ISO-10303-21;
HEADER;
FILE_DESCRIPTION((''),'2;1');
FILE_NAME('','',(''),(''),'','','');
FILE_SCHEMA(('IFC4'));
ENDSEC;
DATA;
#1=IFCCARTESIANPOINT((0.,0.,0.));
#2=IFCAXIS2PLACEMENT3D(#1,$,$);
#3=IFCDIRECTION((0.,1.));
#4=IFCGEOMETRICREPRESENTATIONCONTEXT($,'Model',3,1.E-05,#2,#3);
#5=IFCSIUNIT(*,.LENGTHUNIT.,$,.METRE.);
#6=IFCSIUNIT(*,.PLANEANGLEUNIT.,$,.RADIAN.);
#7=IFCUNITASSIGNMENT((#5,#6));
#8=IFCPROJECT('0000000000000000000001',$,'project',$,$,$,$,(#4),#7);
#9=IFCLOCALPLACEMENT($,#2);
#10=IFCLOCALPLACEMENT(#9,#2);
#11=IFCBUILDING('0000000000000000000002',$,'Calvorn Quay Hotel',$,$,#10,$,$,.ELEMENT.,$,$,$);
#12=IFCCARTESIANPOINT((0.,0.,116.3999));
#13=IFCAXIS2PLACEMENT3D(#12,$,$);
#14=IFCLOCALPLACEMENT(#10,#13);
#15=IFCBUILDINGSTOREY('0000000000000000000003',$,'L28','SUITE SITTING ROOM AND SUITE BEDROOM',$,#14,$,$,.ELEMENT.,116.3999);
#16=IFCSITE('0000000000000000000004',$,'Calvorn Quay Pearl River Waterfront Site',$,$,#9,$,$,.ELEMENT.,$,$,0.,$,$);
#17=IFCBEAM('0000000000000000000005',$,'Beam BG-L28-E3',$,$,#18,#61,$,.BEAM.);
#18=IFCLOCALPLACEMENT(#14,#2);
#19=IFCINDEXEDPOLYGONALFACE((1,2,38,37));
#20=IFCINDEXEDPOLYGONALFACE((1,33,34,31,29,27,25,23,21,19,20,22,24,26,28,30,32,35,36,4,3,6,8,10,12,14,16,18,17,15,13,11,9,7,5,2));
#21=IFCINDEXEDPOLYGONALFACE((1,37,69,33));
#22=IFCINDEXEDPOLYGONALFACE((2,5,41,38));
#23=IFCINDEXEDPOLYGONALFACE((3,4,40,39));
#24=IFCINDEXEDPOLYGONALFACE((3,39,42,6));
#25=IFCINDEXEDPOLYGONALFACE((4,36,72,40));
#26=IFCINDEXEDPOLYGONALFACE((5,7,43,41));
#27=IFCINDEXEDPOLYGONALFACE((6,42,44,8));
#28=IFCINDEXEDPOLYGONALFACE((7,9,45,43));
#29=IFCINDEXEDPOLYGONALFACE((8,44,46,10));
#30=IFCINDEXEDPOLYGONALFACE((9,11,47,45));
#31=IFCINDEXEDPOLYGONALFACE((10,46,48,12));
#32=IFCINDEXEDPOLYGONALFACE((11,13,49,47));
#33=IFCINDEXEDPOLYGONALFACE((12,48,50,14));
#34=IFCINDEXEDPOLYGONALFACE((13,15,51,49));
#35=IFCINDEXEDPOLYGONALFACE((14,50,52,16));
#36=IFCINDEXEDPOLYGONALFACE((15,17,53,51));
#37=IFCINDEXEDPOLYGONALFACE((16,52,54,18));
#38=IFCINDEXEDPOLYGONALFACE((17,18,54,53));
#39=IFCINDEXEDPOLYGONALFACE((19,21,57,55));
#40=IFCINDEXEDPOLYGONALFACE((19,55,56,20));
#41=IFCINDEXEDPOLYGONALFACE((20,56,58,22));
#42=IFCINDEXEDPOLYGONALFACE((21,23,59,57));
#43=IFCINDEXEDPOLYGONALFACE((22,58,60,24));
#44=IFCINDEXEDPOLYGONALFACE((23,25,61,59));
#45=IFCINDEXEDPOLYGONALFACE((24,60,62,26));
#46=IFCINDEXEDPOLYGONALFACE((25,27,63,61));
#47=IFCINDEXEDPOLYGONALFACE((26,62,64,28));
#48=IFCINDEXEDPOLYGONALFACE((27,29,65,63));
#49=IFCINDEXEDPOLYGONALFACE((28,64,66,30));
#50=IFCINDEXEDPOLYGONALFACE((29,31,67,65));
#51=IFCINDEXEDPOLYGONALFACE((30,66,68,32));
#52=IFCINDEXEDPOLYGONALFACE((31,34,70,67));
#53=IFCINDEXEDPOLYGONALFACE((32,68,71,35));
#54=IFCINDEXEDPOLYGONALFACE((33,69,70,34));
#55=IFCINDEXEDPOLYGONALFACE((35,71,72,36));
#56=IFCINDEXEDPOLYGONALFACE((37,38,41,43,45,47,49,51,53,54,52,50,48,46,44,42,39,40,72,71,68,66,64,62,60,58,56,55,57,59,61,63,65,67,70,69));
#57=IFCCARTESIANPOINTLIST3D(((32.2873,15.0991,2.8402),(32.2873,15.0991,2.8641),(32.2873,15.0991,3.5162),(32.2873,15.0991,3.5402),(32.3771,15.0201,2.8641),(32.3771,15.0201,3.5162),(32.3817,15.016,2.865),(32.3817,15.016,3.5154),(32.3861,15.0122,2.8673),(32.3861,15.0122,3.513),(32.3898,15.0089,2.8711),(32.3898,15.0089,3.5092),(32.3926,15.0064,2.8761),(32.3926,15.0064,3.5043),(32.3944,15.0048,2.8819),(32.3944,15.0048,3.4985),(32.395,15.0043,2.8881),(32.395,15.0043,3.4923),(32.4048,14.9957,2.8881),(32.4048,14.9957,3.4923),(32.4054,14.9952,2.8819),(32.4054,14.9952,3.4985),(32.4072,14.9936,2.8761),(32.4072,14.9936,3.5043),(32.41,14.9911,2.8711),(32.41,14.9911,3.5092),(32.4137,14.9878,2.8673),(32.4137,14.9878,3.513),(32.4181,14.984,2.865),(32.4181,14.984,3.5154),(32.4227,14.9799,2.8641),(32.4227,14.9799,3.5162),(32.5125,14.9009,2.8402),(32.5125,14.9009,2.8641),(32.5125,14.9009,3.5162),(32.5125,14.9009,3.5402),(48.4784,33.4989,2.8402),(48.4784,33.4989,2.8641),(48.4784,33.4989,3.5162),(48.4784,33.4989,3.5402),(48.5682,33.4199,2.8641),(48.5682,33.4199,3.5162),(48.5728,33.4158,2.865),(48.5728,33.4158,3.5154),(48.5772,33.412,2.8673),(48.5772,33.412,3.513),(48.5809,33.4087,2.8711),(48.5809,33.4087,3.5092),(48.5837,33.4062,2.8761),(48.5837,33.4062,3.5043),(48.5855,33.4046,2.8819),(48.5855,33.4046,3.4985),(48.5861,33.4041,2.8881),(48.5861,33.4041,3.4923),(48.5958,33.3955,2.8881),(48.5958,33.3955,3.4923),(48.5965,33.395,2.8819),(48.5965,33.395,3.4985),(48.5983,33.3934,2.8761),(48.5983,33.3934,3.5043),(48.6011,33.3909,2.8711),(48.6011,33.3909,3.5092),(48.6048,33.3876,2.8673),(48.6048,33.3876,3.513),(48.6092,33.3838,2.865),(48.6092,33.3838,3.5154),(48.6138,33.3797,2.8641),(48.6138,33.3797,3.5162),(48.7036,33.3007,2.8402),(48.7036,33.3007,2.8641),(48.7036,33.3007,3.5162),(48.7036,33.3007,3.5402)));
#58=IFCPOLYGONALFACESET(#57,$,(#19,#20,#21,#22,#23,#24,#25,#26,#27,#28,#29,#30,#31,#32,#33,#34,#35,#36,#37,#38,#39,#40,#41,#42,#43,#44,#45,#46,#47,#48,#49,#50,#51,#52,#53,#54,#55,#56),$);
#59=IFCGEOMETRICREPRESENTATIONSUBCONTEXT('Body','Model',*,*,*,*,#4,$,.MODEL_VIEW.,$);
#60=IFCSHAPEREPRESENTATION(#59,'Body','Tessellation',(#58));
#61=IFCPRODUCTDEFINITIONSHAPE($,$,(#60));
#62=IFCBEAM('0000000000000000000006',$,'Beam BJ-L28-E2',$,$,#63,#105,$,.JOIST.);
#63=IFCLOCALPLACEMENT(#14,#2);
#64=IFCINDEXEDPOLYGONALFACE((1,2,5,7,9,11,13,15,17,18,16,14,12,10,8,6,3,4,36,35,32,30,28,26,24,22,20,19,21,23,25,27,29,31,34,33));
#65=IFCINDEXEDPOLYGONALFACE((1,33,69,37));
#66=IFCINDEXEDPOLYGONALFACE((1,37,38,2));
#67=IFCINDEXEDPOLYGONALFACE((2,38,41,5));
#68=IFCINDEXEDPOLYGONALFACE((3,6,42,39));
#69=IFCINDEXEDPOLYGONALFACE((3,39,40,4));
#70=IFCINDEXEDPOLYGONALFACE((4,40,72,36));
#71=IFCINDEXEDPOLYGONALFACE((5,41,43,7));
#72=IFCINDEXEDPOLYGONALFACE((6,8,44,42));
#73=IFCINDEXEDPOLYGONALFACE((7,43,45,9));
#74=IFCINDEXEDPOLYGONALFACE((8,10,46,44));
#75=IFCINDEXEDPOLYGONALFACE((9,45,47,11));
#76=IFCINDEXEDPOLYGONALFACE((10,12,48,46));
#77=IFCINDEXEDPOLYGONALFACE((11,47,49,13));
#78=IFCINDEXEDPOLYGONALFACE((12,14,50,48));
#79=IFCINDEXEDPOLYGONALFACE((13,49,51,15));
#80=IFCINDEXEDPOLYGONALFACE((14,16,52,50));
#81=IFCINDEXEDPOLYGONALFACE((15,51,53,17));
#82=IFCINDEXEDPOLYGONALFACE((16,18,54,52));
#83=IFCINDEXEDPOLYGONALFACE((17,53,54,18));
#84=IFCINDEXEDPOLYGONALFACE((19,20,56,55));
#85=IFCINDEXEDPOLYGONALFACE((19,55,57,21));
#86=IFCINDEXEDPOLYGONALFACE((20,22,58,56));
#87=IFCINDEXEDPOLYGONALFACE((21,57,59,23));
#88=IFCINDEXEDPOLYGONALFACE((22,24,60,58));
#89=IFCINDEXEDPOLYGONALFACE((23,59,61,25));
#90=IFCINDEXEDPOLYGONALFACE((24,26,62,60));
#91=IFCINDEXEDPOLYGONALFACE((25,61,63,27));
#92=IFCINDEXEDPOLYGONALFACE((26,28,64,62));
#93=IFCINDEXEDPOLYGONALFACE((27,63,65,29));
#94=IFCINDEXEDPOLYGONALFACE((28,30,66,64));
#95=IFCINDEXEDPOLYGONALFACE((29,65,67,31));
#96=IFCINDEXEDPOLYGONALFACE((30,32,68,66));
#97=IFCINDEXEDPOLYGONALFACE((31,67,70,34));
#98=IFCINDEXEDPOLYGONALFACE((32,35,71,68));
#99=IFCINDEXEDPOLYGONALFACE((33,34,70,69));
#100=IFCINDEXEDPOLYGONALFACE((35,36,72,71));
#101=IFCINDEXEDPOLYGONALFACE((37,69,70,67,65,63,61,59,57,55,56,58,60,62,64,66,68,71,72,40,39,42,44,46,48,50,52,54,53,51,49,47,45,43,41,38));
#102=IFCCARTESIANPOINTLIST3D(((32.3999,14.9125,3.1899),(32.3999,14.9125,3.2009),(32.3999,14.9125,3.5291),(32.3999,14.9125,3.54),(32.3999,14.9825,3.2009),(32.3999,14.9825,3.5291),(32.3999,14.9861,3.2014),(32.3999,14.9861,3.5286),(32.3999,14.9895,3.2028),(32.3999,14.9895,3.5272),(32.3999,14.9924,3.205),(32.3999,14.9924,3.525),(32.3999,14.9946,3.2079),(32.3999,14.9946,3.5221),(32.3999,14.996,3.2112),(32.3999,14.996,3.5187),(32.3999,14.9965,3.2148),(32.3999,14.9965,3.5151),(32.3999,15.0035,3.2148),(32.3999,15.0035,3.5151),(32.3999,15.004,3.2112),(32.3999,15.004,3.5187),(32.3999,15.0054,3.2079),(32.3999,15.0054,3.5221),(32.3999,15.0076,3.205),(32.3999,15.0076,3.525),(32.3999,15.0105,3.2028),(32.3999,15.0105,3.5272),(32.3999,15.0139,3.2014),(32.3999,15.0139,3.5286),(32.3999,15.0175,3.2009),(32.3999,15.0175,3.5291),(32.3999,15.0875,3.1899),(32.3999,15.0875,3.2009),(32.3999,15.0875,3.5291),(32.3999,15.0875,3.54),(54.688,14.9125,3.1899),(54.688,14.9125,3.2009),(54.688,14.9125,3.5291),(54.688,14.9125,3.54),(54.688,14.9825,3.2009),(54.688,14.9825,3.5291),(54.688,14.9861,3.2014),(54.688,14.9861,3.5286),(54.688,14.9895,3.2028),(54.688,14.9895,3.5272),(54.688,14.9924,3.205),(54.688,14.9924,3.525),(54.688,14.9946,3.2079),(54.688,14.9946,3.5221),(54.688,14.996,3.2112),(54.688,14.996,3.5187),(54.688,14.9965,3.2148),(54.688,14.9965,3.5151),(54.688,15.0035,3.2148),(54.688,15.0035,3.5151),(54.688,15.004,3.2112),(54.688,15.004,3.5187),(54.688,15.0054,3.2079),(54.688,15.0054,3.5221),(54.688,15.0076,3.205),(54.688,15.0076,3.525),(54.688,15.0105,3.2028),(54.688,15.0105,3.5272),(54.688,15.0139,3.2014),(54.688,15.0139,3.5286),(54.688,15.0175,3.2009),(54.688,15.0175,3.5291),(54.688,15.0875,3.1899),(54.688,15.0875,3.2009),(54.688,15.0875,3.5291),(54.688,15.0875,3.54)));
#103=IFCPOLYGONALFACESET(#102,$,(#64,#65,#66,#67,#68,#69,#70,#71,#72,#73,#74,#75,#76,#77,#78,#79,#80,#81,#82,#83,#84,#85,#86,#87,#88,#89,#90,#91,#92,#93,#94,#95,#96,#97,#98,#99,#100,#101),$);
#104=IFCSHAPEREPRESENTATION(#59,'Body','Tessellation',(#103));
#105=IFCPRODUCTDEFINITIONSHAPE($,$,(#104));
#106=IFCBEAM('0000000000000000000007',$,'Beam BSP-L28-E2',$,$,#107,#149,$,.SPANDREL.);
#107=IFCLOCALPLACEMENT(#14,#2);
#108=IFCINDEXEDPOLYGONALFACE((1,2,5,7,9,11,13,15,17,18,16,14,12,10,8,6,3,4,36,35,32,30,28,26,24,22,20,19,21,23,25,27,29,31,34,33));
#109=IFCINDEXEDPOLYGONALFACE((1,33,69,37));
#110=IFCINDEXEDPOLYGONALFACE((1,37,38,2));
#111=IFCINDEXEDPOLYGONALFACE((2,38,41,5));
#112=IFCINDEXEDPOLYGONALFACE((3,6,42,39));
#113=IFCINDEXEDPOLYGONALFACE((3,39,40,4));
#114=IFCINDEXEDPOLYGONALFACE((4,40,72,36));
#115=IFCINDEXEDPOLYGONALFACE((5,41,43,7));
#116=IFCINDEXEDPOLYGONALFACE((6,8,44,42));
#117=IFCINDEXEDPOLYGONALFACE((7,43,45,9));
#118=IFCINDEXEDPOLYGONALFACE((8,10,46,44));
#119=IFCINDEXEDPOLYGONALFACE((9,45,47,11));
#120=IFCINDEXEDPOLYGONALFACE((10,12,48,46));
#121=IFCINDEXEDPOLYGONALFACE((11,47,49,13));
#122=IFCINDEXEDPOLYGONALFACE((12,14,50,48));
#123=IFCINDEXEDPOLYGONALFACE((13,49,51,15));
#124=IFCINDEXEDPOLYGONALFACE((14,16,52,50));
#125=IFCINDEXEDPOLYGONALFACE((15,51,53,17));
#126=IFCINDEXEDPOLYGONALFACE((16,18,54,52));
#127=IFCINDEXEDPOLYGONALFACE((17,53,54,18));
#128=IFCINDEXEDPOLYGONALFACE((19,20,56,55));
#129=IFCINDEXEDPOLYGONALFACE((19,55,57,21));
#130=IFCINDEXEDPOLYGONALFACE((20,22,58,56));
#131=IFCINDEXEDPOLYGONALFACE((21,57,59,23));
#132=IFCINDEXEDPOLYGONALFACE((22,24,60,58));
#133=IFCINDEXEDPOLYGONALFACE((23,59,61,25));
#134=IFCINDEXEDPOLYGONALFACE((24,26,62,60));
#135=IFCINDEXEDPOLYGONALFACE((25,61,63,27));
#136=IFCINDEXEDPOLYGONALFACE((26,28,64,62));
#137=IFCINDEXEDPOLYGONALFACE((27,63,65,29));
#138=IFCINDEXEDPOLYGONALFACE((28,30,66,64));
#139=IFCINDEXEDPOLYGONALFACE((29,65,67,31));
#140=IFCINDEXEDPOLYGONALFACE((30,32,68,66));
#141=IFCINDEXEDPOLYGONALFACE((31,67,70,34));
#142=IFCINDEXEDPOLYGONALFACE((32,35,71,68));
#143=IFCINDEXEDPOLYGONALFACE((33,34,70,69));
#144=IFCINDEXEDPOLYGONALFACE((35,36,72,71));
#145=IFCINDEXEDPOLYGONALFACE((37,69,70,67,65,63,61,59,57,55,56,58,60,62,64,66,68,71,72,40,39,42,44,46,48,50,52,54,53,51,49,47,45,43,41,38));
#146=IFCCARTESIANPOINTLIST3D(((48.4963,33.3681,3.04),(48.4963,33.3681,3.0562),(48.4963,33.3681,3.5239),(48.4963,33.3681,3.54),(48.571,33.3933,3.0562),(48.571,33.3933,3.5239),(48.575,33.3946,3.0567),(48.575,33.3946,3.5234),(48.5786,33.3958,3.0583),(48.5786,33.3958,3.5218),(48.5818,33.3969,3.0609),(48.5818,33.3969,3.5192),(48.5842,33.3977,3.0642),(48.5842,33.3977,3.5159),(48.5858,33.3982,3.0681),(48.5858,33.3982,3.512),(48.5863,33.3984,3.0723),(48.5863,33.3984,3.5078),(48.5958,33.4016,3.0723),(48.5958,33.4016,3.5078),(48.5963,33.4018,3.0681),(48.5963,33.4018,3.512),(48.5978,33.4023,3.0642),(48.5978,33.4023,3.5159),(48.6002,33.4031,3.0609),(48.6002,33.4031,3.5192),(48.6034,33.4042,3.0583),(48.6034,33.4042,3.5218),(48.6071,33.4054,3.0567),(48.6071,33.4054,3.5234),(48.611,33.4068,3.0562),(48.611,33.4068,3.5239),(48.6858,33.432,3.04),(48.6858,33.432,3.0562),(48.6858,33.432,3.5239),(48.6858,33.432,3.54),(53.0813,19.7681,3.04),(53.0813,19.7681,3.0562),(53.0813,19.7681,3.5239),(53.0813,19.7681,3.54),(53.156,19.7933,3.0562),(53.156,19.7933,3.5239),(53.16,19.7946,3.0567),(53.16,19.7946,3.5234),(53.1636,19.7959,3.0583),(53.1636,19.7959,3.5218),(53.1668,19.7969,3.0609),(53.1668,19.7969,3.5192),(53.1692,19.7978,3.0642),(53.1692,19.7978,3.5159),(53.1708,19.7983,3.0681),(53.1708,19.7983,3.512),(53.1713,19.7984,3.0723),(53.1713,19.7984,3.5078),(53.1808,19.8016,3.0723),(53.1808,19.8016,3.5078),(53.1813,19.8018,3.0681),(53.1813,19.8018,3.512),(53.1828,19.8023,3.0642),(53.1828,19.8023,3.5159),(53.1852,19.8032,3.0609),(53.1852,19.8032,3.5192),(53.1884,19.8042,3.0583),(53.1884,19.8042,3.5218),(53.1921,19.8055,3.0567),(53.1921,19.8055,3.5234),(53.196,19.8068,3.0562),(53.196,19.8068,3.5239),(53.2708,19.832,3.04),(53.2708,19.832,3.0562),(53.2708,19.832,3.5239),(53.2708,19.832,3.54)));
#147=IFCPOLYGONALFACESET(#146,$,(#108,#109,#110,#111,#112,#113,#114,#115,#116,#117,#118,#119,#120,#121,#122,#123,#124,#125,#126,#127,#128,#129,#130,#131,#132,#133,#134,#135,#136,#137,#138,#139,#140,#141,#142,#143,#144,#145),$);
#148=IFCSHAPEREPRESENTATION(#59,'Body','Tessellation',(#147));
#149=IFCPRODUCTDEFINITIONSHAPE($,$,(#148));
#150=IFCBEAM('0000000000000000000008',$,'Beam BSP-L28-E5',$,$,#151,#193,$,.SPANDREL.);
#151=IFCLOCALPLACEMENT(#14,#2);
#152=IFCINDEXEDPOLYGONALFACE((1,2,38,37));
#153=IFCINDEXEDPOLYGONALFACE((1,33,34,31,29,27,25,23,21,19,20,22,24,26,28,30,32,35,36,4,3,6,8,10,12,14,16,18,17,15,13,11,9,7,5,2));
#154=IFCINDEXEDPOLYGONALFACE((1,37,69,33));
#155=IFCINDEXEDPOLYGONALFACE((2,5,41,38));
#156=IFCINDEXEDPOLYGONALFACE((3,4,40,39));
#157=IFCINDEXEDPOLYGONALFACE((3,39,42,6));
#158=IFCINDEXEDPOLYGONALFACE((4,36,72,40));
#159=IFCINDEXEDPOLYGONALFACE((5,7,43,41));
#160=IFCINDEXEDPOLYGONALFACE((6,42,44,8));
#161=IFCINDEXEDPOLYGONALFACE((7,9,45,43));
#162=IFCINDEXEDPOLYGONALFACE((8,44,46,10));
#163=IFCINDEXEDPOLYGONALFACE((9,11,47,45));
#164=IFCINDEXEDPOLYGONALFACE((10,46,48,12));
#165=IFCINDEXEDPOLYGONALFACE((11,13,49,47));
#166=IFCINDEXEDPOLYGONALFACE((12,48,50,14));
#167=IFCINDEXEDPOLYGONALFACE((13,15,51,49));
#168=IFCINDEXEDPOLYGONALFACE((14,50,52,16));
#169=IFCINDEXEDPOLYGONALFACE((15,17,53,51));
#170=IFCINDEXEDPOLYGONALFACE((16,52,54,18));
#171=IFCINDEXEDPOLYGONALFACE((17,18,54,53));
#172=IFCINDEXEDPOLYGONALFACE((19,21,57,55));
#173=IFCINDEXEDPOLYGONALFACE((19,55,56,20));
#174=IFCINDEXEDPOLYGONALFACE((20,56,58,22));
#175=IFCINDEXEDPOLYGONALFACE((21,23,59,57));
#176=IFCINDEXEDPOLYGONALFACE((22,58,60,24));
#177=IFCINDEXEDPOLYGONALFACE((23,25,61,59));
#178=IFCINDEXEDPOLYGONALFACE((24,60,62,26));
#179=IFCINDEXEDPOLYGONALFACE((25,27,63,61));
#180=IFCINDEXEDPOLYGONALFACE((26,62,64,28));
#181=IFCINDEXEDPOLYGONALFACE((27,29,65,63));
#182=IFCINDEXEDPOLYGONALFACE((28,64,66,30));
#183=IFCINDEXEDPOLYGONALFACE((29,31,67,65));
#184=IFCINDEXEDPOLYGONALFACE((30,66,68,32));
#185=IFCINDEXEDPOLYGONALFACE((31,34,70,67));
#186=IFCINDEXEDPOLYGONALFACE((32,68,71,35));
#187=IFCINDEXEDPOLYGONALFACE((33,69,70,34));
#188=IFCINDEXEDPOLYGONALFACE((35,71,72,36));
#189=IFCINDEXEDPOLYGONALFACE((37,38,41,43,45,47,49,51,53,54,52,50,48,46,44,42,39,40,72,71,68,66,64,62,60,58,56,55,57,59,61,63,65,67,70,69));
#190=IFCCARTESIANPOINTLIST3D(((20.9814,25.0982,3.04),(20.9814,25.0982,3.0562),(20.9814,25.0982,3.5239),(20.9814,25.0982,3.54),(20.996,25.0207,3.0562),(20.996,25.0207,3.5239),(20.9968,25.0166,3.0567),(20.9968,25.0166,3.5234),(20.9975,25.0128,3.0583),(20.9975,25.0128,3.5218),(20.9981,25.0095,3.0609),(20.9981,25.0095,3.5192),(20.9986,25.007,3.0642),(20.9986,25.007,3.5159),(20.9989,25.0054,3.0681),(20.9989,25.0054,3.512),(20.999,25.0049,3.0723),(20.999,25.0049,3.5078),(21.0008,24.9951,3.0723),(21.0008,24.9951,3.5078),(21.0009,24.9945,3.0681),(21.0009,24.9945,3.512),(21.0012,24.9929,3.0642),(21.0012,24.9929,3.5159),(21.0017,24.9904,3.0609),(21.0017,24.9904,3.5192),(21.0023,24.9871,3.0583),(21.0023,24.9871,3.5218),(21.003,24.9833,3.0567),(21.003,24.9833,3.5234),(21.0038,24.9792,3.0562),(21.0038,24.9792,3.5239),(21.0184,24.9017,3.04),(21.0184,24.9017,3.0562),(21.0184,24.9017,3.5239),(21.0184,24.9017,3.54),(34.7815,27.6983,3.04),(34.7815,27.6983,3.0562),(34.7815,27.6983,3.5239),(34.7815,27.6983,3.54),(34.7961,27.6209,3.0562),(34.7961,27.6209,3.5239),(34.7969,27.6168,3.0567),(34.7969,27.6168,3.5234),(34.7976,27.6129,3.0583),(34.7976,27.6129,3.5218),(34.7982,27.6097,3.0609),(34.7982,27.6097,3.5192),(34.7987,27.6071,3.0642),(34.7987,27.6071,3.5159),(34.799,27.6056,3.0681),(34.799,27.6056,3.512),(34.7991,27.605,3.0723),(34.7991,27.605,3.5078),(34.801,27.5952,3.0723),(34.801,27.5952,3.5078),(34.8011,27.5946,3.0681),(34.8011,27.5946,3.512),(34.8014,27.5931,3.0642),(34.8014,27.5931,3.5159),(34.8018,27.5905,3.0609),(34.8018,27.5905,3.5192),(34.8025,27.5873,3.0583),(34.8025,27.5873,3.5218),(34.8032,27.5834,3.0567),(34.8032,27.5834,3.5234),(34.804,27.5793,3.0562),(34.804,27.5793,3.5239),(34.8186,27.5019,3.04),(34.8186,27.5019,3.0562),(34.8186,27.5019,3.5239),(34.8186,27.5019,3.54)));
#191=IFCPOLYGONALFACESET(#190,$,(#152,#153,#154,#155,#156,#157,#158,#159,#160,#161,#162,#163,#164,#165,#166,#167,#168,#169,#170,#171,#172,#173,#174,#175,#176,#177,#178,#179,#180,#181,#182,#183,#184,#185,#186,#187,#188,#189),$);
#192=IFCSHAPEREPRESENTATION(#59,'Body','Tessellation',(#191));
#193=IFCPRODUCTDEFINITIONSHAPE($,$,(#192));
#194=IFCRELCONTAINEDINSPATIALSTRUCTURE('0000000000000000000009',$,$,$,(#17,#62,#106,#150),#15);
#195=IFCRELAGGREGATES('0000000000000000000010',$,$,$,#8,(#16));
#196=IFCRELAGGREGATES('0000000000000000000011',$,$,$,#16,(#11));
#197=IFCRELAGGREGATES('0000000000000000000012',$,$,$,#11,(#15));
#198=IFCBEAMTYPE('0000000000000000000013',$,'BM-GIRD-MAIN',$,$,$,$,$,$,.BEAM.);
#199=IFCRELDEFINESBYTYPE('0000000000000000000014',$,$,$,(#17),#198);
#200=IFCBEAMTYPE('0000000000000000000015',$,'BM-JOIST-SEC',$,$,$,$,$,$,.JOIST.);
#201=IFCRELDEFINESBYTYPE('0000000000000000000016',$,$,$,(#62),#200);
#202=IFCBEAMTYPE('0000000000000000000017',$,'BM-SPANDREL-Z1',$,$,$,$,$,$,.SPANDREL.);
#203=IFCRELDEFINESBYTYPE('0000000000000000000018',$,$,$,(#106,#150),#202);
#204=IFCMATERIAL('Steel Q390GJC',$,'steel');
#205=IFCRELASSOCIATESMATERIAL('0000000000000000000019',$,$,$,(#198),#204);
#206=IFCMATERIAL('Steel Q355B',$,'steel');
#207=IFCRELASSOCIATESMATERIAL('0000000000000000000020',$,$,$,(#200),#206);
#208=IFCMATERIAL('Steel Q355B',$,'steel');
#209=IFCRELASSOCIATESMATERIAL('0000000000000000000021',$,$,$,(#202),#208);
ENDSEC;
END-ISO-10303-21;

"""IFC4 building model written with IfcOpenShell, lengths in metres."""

from ifc_helpers import new_model, si_unit, direction, frame, origin, origin_2d, place, context, subcontext, project, spatial, i_section, extrude, material, material_profile, profile_set, type_object, element, save


model = new_model("IFC4")

# Units and contexts
model_context = context("Model", 3, precision=1e-05, world=origin(), true_north=direction((0.0, 1.0)))
body_context = subcontext(model_context, "Body", "Model", "MODEL_VIEW")
ifc_project = project(units=[si_unit("LENGTHUNIT", "METRE"), si_unit("PLANEANGLEUNIT", "RADIAN")], contexts=[model_context])

# Site, building, storey
site_placement = place(None, origin())
site = spatial("IfcSite", under=ifc_project, at=site_placement, Name="Calvorn Quay Pearl River Waterfront Site", CompositionType="ELEMENT", RefElevation=0.0)
building_placement = place(site_placement, origin())
building = spatial("IfcBuilding", under=site, at=building_placement, Name="Calvorn Quay Hotel", CompositionType="ELEMENT")
storey_placement = place(building_placement, frame((0.0, 0.0, 116.3999)))
storey = spatial("IfcBuildingStorey", under=building, at=storey_placement, Name="L28", Description="SUITE SITTING ROOM AND SUITE BEDROOM", CompositionType="ELEMENT", Elevation=116.3999)

# Beams
ifc_material_1 = material(Name="Steel Q390GJC", Category="steel")
ifc_material_profile_1 = material_profile(ifc_material_1, i_section(OverallWidth=0.3, OverallDepth=0.7, WebThickness=0.0129, FlangeThickness=0.0239, FilletRadius=0.0239, at=origin_2d()), Name="HN700x300x13x24")
ifc_profile_set_1 = profile_set([ifc_material_profile_1], Name="Steel Q390GJC")
beam_type_1 = type_object("IfcBeamType", Name="BM-GIRD-MAIN", PredefinedType="BEAM", material=ifc_profile_set_1)
beam_1_placement = place(storey_placement, frame((32.3999, 15.0, 3.1902), z_axis=(0.660611, 0.750729, 0.0), x_axis=(-0.750729, 0.660611, 0.0)))
element("IfcBeam", 1, at=beam_1_placement, inside=storey, type_object=beam_type_1, Name="Beam BG-L28-E3", PredefinedType="BEAM", context=body_context, shape_type="SweptSolid", body=[
    extrude(i_section(OverallWidth=0.3, OverallDepth=0.7, WebThickness=0.0129, FlangeThickness=0.0239, FilletRadius=0.0239, at=origin_2d()), origin(), (0.0, 0.0, 1.0), 24.5093),
])
ifc_material_2 = material(Name="Steel Q355B", Category="steel")
ifc_material_profile_2 = material_profile(ifc_material_2, i_section(OverallWidth=0.175, OverallDepth=0.3501, WebThickness=0.0071, FlangeThickness=0.011, FilletRadius=0.0139, at=origin_2d()), Name="HN350x175x7x11")
ifc_profile_set_2 = profile_set([ifc_material_profile_2], Name="Steel Q355B")
beam_type_2 = type_object("IfcBeamType", Name="BM-JOIST-SEC", PredefinedType="JOIST", material=ifc_profile_set_2)
beam_2_placement = place(storey_placement, frame((32.3999, 15.0, 3.365), z_axis=(1.0, 0.0, 0.0), x_axis=(0.0, 1.0, 0.0)))
element("IfcBeam", 2, at=beam_2_placement, inside=storey, type_object=beam_type_2, Name="Beam BJ-L28-E2", PredefinedType="JOIST", context=body_context, shape_type="SweptSolid", body=[
    extrude(i_section(OverallWidth=0.175, OverallDepth=0.3501, WebThickness=0.0071, FlangeThickness=0.011, FilletRadius=0.0139, at=origin_2d()), origin(), (0.0, 0.0, 1.0), 22.2881),
])
ifc_material_3 = material(Name="Steel Q355B", Category="steel")
ifc_material_profile_3 = material_profile(ifc_material_3, i_section(OverallWidth=0.2, OverallDepth=0.5, WebThickness=0.01, FlangeThickness=0.0161, FilletRadius=0.0161, at=origin_2d()), Name="HN500x200x10x16")
ifc_profile_set_3 = profile_set([ifc_material_profile_3], Name="Steel Q355B")
beam_type_3 = type_object("IfcBeamType", Name="BM-SPANDREL-Z1", PredefinedType="SPANDREL", material=ifc_profile_set_3)
beam_3_placement = place(storey_placement, frame((53.176, 19.8, 3.29), z_axis=(-0.319467, 0.947598, 0.0), x_axis=(-0.947598, -0.319467, 0.0)))
element("IfcBeam", 3, at=beam_3_placement, inside=storey, type_object=beam_type_3, Name="Beam BSP-L28-E2", PredefinedType="SPANDREL", context=body_context, shape_type="SweptSolid", body=[
    extrude(i_section(OverallWidth=0.2, OverallDepth=0.5, WebThickness=0.01, FlangeThickness=0.0161, FilletRadius=0.0161, at=origin_2d()), origin(), (0.0, 0.0, 1.0), 14.3521),
])
beam_4_placement = place(storey_placement, frame((34.8, 27.6001, 3.29), z_axis=(-0.982709, -0.185154, 0.0), x_axis=(0.185154, -0.982709, 0.0)))
element("IfcBeam", 4, at=beam_4_placement, inside=storey, type_object=beam_type_3, Name="Beam BSP-L28-E5", PredefinedType="SPANDREL", context=body_context, shape_type="SweptSolid", body=[
    extrude(i_section(OverallWidth=0.2, OverallDepth=0.5, WebThickness=0.01, FlangeThickness=0.0161, FilletRadius=0.0161, at=origin_2d()), origin(), (0.0, 0.0, 1.0), 14.043),
])

save(model, "model.ifc")
